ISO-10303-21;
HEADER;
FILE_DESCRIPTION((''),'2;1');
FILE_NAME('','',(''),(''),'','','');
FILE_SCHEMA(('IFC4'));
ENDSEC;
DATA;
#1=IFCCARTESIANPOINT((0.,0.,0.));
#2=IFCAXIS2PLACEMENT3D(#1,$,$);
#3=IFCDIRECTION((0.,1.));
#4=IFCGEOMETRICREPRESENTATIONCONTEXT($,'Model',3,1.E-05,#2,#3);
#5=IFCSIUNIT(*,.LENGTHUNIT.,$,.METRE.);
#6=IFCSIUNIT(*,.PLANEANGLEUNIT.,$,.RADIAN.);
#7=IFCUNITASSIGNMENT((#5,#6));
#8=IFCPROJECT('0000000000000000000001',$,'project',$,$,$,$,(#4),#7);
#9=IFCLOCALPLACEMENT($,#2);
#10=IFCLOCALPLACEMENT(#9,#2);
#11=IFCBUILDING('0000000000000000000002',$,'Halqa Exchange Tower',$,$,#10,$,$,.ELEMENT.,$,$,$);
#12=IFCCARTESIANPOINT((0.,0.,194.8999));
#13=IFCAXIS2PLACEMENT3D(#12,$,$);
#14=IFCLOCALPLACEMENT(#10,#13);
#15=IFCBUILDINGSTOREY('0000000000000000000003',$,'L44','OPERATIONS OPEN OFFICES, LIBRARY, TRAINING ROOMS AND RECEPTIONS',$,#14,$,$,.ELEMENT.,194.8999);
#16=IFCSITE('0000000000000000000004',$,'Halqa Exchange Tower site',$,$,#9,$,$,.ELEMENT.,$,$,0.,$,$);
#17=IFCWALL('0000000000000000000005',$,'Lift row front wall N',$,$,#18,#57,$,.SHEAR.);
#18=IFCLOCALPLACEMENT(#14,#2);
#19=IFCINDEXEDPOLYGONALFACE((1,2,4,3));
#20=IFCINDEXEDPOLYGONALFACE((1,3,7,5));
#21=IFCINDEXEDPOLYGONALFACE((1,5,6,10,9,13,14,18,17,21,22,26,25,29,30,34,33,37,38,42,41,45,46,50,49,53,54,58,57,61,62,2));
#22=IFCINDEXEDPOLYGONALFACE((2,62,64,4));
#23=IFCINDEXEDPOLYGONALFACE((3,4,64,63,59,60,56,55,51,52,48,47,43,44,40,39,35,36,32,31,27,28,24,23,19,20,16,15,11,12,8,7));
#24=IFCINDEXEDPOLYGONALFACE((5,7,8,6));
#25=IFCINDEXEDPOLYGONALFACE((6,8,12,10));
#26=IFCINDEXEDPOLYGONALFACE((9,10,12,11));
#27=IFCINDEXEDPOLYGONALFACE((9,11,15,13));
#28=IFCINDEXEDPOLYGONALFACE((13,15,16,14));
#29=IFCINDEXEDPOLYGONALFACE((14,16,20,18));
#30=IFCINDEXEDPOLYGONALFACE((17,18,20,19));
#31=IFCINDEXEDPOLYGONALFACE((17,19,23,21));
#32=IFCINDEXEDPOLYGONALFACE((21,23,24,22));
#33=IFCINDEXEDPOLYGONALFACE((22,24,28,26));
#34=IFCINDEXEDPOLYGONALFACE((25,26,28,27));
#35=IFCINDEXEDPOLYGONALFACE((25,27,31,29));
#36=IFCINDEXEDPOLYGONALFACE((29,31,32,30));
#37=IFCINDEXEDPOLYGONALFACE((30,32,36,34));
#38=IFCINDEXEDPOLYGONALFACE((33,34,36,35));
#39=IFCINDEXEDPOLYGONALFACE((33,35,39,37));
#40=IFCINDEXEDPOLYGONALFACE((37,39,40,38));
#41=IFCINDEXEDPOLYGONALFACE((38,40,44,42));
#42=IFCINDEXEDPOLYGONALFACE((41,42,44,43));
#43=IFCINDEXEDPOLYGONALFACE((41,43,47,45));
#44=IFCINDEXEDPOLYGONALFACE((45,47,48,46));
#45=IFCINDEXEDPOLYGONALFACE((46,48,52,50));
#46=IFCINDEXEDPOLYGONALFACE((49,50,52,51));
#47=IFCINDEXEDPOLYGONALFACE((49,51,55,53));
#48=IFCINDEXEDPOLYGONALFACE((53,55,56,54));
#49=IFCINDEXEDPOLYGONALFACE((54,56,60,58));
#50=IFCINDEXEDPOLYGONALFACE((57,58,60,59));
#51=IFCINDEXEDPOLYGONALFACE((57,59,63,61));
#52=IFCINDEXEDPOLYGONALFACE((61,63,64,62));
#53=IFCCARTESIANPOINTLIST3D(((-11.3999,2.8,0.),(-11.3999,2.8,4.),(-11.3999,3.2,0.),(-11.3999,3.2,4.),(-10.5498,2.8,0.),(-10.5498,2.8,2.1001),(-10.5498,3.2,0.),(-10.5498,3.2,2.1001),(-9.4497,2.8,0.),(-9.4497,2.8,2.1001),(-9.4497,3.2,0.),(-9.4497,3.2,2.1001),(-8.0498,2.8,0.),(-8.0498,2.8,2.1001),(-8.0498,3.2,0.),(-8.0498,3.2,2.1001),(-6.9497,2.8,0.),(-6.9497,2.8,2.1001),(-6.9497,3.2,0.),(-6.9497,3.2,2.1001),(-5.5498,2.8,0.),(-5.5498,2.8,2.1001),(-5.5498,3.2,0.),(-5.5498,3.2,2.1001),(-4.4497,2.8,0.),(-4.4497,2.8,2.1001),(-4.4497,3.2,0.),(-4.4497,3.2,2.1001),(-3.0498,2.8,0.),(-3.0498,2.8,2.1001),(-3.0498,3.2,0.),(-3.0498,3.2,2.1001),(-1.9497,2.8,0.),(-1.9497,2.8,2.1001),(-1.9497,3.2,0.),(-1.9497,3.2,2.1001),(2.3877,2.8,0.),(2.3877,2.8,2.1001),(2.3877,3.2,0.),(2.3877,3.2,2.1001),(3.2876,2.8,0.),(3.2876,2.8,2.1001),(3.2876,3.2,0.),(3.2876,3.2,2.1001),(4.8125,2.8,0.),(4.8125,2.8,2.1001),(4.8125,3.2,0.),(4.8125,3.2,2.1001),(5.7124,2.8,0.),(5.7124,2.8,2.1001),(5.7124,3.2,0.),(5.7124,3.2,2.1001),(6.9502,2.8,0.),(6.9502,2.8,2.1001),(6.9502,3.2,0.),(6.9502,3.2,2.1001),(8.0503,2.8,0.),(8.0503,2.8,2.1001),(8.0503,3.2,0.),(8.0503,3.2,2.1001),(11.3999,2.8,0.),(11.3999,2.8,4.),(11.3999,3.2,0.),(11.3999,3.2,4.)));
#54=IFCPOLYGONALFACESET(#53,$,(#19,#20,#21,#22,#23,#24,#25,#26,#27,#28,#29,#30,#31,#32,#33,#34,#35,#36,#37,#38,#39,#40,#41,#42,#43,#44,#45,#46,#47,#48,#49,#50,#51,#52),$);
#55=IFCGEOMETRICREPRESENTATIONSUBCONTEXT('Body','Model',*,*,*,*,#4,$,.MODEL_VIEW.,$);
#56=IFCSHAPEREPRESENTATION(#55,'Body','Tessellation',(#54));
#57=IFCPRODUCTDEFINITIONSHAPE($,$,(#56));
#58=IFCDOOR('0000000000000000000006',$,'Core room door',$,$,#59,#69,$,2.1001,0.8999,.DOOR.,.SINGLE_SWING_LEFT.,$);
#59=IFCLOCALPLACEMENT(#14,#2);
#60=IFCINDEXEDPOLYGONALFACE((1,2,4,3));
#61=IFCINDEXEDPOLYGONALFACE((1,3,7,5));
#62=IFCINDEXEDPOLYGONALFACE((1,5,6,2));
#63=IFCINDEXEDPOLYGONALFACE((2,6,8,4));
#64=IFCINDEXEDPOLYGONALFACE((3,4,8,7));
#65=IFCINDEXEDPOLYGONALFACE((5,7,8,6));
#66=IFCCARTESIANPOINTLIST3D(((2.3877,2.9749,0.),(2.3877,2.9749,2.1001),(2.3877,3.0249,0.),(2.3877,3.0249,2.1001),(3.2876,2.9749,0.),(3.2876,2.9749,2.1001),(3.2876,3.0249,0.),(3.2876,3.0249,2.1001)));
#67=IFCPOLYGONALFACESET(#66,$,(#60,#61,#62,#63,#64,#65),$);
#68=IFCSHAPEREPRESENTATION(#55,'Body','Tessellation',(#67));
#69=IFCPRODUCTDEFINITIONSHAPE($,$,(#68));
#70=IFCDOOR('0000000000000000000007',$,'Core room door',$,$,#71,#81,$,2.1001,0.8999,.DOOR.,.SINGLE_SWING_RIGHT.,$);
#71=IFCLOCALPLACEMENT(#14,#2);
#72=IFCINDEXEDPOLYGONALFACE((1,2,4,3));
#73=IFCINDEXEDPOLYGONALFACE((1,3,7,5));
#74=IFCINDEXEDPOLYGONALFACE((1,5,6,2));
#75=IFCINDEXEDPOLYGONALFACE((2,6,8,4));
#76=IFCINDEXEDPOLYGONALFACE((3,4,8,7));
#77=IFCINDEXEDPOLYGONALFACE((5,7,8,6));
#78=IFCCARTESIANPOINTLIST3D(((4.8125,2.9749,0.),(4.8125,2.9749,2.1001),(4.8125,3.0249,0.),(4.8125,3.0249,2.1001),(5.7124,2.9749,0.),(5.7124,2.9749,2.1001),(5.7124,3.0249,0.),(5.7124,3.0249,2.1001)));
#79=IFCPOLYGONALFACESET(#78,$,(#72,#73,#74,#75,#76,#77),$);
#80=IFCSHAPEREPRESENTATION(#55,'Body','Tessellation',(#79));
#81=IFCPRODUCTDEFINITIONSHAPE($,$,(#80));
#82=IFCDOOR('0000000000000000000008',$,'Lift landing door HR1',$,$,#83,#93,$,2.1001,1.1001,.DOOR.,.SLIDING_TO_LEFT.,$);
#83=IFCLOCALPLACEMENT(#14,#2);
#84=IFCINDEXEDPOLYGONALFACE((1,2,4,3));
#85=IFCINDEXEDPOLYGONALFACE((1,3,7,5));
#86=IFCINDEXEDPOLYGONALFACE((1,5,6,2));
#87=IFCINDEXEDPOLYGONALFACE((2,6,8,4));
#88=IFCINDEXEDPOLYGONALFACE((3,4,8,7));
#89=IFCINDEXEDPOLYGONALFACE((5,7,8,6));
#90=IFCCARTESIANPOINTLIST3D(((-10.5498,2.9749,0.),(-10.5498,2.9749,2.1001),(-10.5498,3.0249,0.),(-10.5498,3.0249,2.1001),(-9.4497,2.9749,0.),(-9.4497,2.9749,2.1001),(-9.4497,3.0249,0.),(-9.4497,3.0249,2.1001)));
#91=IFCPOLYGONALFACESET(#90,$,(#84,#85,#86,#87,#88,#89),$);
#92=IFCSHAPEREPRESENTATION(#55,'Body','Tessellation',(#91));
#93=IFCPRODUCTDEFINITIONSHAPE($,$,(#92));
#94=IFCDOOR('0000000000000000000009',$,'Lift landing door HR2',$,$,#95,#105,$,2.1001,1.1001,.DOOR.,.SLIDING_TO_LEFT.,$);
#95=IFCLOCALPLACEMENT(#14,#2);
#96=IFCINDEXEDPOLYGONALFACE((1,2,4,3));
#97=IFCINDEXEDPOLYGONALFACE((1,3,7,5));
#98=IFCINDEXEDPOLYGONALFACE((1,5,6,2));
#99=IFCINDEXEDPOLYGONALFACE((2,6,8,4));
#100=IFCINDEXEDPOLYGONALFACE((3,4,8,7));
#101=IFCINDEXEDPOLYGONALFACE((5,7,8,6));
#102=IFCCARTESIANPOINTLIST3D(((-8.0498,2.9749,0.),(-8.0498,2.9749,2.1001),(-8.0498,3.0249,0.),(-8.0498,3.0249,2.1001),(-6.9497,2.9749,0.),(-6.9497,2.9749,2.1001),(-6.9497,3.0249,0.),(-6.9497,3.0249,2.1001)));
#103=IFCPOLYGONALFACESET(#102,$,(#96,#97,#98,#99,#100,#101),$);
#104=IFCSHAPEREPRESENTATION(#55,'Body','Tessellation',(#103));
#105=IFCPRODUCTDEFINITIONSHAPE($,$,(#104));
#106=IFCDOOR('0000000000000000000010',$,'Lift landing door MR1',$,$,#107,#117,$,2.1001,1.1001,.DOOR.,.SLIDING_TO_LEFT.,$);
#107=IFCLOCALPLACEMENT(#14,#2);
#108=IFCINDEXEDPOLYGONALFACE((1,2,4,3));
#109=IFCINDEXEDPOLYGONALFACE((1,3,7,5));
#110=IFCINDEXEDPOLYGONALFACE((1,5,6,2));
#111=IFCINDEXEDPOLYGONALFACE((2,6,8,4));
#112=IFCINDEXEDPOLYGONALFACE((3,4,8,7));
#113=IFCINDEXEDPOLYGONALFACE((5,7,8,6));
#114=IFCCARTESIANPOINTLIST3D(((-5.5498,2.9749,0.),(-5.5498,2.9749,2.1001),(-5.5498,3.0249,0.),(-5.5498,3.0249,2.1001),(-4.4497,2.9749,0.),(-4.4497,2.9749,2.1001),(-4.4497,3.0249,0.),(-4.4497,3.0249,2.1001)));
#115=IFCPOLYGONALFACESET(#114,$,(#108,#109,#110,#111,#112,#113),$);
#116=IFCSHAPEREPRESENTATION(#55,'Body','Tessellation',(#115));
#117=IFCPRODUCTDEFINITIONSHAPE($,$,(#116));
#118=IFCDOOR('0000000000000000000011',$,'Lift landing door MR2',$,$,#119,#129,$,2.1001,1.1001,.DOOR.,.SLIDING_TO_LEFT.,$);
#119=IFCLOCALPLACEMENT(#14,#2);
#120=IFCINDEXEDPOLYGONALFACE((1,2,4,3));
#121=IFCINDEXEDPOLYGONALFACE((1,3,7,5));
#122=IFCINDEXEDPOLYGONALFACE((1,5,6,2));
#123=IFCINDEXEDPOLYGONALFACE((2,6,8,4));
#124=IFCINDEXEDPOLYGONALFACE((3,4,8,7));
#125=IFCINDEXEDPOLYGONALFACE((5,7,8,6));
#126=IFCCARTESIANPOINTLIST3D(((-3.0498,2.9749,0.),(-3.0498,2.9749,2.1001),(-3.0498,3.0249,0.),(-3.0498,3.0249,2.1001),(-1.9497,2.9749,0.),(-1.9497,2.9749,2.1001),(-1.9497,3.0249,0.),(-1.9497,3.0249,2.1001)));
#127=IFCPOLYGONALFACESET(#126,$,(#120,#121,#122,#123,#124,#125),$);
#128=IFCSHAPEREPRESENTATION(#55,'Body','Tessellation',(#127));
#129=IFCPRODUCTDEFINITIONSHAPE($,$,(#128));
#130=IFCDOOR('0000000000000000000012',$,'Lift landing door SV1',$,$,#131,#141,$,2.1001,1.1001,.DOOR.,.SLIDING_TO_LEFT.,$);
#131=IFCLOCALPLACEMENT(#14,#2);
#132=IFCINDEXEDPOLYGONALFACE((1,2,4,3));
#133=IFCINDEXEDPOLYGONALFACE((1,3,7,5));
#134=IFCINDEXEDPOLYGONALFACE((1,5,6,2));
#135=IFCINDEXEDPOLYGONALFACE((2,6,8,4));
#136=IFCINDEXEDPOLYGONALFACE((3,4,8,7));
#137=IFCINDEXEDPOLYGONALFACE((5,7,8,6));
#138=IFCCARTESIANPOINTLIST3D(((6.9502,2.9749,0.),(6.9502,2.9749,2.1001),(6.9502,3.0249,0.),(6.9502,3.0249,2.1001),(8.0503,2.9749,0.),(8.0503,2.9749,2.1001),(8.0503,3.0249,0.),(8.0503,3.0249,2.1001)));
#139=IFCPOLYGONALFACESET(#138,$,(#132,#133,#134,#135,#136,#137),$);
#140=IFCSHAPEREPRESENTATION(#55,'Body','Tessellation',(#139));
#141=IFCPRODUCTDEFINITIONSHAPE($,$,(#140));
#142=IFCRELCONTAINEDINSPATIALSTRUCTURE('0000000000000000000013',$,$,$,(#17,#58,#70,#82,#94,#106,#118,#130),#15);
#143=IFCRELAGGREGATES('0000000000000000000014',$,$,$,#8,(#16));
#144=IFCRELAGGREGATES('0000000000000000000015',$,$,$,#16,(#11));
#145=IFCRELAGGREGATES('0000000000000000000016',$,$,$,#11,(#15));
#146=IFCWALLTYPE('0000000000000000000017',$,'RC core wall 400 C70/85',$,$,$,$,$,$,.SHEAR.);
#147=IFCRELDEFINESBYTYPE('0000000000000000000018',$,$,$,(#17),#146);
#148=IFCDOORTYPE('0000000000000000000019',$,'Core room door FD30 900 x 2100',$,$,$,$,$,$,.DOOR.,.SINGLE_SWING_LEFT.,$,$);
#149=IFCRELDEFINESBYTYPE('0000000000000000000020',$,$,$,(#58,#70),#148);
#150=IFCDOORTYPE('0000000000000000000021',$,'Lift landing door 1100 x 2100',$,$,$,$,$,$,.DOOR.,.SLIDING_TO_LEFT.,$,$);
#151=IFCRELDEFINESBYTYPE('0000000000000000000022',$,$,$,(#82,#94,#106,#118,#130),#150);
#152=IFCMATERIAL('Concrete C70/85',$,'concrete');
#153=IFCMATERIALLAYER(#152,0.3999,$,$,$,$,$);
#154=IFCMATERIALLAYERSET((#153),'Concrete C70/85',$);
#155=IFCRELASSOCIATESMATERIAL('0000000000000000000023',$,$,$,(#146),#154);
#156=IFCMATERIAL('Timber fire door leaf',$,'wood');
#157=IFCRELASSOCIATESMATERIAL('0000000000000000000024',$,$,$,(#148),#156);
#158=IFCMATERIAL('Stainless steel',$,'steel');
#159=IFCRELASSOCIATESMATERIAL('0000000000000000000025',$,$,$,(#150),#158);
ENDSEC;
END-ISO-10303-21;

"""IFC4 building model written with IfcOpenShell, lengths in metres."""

from ifc_helpers import new_model, si_unit, direction, frame, frame_2d, origin, place, context, subcontext, project, spatial, rectangle, extrude, material, layer, layer_set, type_object, element, fill, save


model = new_model("IFC4")

# Units and contexts
model_context = context("Model", 3, precision=1e-05, world=origin(), true_north=direction((0.0, 1.0)))
body_context = subcontext(model_context, "Body", "Model", "MODEL_VIEW")
ifc_project = project(units=[si_unit("LENGTHUNIT", "METRE"), si_unit("PLANEANGLEUNIT", "RADIAN")], contexts=[model_context])

# Site, building, storey
site_placement = place(None, origin())
site = spatial("IfcSite", under=ifc_project, at=site_placement, Name="Halqa Exchange Tower site", CompositionType="ELEMENT", RefElevation=0.0)
building_placement = place(site_placement, origin())
building = spatial("IfcBuilding", under=site, at=building_placement, Name="Halqa Exchange Tower", CompositionType="ELEMENT")
storey_placement = place(building_placement, frame((0.0, 0.0, 194.8999)))
storey = spatial("IfcBuildingStorey", under=building, at=storey_placement, Name="L44", Description="OPERATIONS OPEN OFFICES, LIBRARY, TRAINING ROOMS AND RECEPTIONS", CompositionType="ELEMENT", Elevation=194.8999)

# Wall, openings, doors
ifc_material_1 = material(Name="Concrete C70/85", Category="concrete")
ifc_layer_1 = layer(ifc_material_1, 0.3999)
ifc_layer_set_1 = layer_set([ifc_layer_1], Name="Concrete C70/85")
wall_type_1 = type_object("IfcWallType", Name="RC core wall 400 C70/85", PredefinedType="SHEAR", material=ifc_layer_set_1)
wall_1_placement = place(storey_placement, frame((-11.3999, 3.0, 0.0), z_axis=(0.0, 0.0, 1.0), x_axis=(1.0, 0.0, 0.0)))
wall_1 = element("IfcWall", 1, at=wall_1_placement, inside=storey, type_object=wall_type_1, Name="Lift row front wall N", PredefinedType="SHEAR", context=body_context, shape_type="SweptSolid", body=[
    extrude(rectangle(XDim=22.7998, YDim=0.3999, at=frame_2d((11.3999, 0.0))), origin(), (0.0, 0.0, 1.0), 4.0),
])
opening_1_placement = place(wall_1_placement, frame((0.8501, 0.0, 0.0)))
opening_1 = element("IfcOpeningElement", 2, at=opening_1_placement, cuts=wall_1, PredefinedType="OPENING", context=body_context, shape_type="SweptSolid", body=[
    extrude(rectangle(XDim=1.1001, YDim=2.1001, at=frame_2d((0.55, 1.05))), frame((0.0, 0.2119, 0.0), z_axis=(0.0, -1.0, 0.0), x_axis=(1.0, 0.0, 0.0)), (0.0, 0.0, 1.0), 0.4238),
])
opening_2_placement = place(wall_1_placement, frame((3.3501, 0.0, 0.0)))
opening_2 = element("IfcOpeningElement", 3, at=opening_2_placement, cuts=wall_1, PredefinedType="OPENING", context=body_context, shape_type="SweptSolid", body=[
    extrude(rectangle(XDim=1.1001, YDim=2.1001, at=frame_2d((0.55, 1.05))), frame((0.0, 0.2119, 0.0), z_axis=(0.0, -1.0, 0.0), x_axis=(1.0, 0.0, 0.0)), (0.0, 0.0, 1.0), 0.4238),
])
opening_3_placement = place(wall_1_placement, frame((5.8501, 0.0, 0.0)))
opening_3 = element("IfcOpeningElement", 4, at=opening_3_placement, cuts=wall_1, PredefinedType="OPENING", context=body_context, shape_type="SweptSolid", body=[
    extrude(rectangle(XDim=1.1001, YDim=2.1001, at=frame_2d((0.55, 1.05))), frame((0.0, 0.2119, 0.0), z_axis=(0.0, -1.0, 0.0), x_axis=(1.0, 0.0, 0.0)), (0.0, 0.0, 1.0), 0.4238),
])
opening_4_placement = place(wall_1_placement, frame((8.3501, 0.0, 0.0)))
opening_4 = element("IfcOpeningElement", 5, at=opening_4_placement, cuts=wall_1, PredefinedType="OPENING", context=body_context, shape_type="SweptSolid", body=[
    extrude(rectangle(XDim=1.1001, YDim=2.1001, at=frame_2d((0.55, 1.05))), frame((0.0, 0.2119, 0.0), z_axis=(0.0, -1.0, 0.0), x_axis=(1.0, 0.0, 0.0)), (0.0, 0.0, 1.0), 0.4238),
])
opening_5_placement = place(wall_1_placement, frame((18.3501, 0.0, 0.0)))
opening_5 = element("IfcOpeningElement", 6, at=opening_5_placement, cuts=wall_1, PredefinedType="OPENING", context=body_context, shape_type="SweptSolid", body=[
    extrude(rectangle(XDim=1.1001, YDim=2.1001, at=frame_2d((0.55, 1.05))), frame((0.0, 0.2119, 0.0), z_axis=(0.0, -1.0, 0.0), x_axis=(1.0, 0.0, 0.0)), (0.0, 0.0, 1.0), 0.4238),
])
opening_6_placement = place(wall_1_placement, frame((13.7876, 0.0, 0.0)))
opening_6 = element("IfcOpeningElement", 7, at=opening_6_placement, cuts=wall_1, PredefinedType="OPENING", context=body_context, shape_type="SweptSolid", body=[
    extrude(rectangle(XDim=0.8999, YDim=2.1001, at=frame_2d((0.45, 1.05))), frame((0.0, 0.2119, 0.0), z_axis=(0.0, -1.0, 0.0), x_axis=(1.0, 0.0, 0.0)), (0.0, 0.0, 1.0), 0.4238),
])
opening_7_placement = place(wall_1_placement, frame((16.2124, 0.0, 0.0)))
opening_7 = element("IfcOpeningElement", 8, at=opening_7_placement, cuts=wall_1, PredefinedType="OPENING", context=body_context, shape_type="SweptSolid", body=[
    extrude(rectangle(XDim=0.8999, YDim=2.1001, at=frame_2d((0.45, 1.05))), frame((0.0, 0.2119, 0.0), z_axis=(0.0, -1.0, 0.0), x_axis=(1.0, 0.0, 0.0)), (0.0, 0.0, 1.0), 0.4238),
])
ifc_material_2 = material(Name="Timber fire door leaf", Category="wood")
door_type_1 = type_object("IfcDoorType", Name="Core room door FD30 900 x 2100", OperationType="SINGLE_SWING_LEFT", PredefinedType="DOOR", material=ifc_material_2)
door_1_placement = place(opening_6_placement, origin())
door_1 = element("IfcDoor", 9, at=door_1_placement, inside=storey, type_object=door_type_1, Name="Core room door", OperationType="SINGLE_SWING_LEFT", OverallHeight=2.1001, OverallWidth=0.8999, PredefinedType="DOOR", context=body_context, shape_type="SweptSolid", body=[
    extrude(rectangle(XDim=0.8999, YDim=2.1001, at=frame_2d((0.45, 1.05))), frame((0.0, 0.0249, 0.0), z_axis=(0.0, -1.0, 0.0), x_axis=(1.0, 0.0, 0.0)), (0.0, 0.0, 1.0), 0.05),
])
fill(opening_6, door_1)
door_2_placement = place(opening_7_placement, origin())
door_2 = element("IfcDoor", 10, at=door_2_placement, inside=storey, type_object=door_type_1, Name="Core room door", OperationType="SINGLE_SWING_RIGHT", OverallHeight=2.1001, OverallWidth=0.8999, PredefinedType="DOOR", context=body_context, shape_type="SweptSolid", body=[
    extrude(rectangle(XDim=0.8999, YDim=2.1001, at=frame_2d((0.45, 1.05))), frame((0.0, 0.0249, 0.0), z_axis=(0.0, -1.0, 0.0), x_axis=(1.0, 0.0, 0.0)), (0.0, 0.0, 1.0), 0.05),
])
fill(opening_7, door_2)
ifc_material_3 = material(Name="Stainless steel", Category="steel")
door_type_2 = type_object("IfcDoorType", Name="Lift landing door 1100 x 2100", OperationType="SLIDING_TO_LEFT", PredefinedType="DOOR", material=ifc_material_3)
door_3_placement = place(opening_1_placement, origin())
door_3 = element("IfcDoor", 11, at=door_3_placement, inside=storey, type_object=door_type_2, Name="Lift landing door HR1", OperationType="SLIDING_TO_LEFT", OverallHeight=2.1001, OverallWidth=1.1001, PredefinedType="DOOR", context=body_context, shape_type="SweptSolid", body=[
    extrude(rectangle(XDim=1.1001, YDim=2.1001, at=frame_2d((0.55, 1.05))), frame((0.0, 0.0249, 0.0), z_axis=(0.0, -1.0, 0.0), x_axis=(1.0, 0.0, 0.0)), (0.0, 0.0, 1.0), 0.05),
])
fill(opening_1, door_3)
door_4_placement = place(opening_2_placement, origin())
door_4 = element("IfcDoor", 12, at=door_4_placement, inside=storey, type_object=door_type_2, Name="Lift landing door HR2", OperationType="SLIDING_TO_LEFT", OverallHeight=2.1001, OverallWidth=1.1001, PredefinedType="DOOR", context=body_context, shape_type="SweptSolid", body=[
    extrude(rectangle(XDim=1.1001, YDim=2.1001, at=frame_2d((0.55, 1.05))), frame((0.0, 0.0249, 0.0), z_axis=(0.0, -1.0, 0.0), x_axis=(1.0, 0.0, 0.0)), (0.0, 0.0, 1.0), 0.05),
])
fill(opening_2, door_4)
door_5_placement = place(opening_3_placement, origin())
door_5 = element("IfcDoor", 13, at=door_5_placement, inside=storey, type_object=door_type_2, Name="Lift landing door MR1", OperationType="SLIDING_TO_LEFT", OverallHeight=2.1001, OverallWidth=1.1001, PredefinedType="DOOR", context=body_context, shape_type="SweptSolid", body=[
    extrude(rectangle(XDim=1.1001, YDim=2.1001, at=frame_2d((0.55, 1.05))), frame((0.0, 0.0249, 0.0), z_axis=(0.0, -1.0, 0.0), x_axis=(1.0, 0.0, 0.0)), (0.0, 0.0, 1.0), 0.05),
])
fill(opening_3, door_5)
door_6_placement = place(opening_4_placement, origin())
door_6 = element("IfcDoor", 14, at=door_6_placement, inside=storey, type_object=door_type_2, Name="Lift landing door MR2", OperationType="SLIDING_TO_LEFT", OverallHeight=2.1001, OverallWidth=1.1001, PredefinedType="DOOR", context=body_context, shape_type="SweptSolid", body=[
    extrude(rectangle(XDim=1.1001, YDim=2.1001, at=frame_2d((0.55, 1.05))), frame((0.0, 0.0249, 0.0), z_axis=(0.0, -1.0, 0.0), x_axis=(1.0, 0.0, 0.0)), (0.0, 0.0, 1.0), 0.05),
])
fill(opening_4, door_6)
door_7_placement = place(opening_5_placement, origin())
door_7 = element("IfcDoor", 15, at=door_7_placement, inside=storey, type_object=door_type_2, Name="Lift landing door SV1", OperationType="SLIDING_TO_LEFT", OverallHeight=2.1001, OverallWidth=1.1001, PredefinedType="DOOR", context=body_context, shape_type="SweptSolid", body=[
    extrude(rectangle(XDim=1.1001, YDim=2.1001, at=frame_2d((0.55, 1.05))), frame((0.0, 0.0249, 0.0), z_axis=(0.0, -1.0, 0.0), x_axis=(1.0, 0.0, 0.0)), (0.0, 0.0, 1.0), 0.05),
])
fill(opening_5, door_7)

save(model, "model.ifc")
